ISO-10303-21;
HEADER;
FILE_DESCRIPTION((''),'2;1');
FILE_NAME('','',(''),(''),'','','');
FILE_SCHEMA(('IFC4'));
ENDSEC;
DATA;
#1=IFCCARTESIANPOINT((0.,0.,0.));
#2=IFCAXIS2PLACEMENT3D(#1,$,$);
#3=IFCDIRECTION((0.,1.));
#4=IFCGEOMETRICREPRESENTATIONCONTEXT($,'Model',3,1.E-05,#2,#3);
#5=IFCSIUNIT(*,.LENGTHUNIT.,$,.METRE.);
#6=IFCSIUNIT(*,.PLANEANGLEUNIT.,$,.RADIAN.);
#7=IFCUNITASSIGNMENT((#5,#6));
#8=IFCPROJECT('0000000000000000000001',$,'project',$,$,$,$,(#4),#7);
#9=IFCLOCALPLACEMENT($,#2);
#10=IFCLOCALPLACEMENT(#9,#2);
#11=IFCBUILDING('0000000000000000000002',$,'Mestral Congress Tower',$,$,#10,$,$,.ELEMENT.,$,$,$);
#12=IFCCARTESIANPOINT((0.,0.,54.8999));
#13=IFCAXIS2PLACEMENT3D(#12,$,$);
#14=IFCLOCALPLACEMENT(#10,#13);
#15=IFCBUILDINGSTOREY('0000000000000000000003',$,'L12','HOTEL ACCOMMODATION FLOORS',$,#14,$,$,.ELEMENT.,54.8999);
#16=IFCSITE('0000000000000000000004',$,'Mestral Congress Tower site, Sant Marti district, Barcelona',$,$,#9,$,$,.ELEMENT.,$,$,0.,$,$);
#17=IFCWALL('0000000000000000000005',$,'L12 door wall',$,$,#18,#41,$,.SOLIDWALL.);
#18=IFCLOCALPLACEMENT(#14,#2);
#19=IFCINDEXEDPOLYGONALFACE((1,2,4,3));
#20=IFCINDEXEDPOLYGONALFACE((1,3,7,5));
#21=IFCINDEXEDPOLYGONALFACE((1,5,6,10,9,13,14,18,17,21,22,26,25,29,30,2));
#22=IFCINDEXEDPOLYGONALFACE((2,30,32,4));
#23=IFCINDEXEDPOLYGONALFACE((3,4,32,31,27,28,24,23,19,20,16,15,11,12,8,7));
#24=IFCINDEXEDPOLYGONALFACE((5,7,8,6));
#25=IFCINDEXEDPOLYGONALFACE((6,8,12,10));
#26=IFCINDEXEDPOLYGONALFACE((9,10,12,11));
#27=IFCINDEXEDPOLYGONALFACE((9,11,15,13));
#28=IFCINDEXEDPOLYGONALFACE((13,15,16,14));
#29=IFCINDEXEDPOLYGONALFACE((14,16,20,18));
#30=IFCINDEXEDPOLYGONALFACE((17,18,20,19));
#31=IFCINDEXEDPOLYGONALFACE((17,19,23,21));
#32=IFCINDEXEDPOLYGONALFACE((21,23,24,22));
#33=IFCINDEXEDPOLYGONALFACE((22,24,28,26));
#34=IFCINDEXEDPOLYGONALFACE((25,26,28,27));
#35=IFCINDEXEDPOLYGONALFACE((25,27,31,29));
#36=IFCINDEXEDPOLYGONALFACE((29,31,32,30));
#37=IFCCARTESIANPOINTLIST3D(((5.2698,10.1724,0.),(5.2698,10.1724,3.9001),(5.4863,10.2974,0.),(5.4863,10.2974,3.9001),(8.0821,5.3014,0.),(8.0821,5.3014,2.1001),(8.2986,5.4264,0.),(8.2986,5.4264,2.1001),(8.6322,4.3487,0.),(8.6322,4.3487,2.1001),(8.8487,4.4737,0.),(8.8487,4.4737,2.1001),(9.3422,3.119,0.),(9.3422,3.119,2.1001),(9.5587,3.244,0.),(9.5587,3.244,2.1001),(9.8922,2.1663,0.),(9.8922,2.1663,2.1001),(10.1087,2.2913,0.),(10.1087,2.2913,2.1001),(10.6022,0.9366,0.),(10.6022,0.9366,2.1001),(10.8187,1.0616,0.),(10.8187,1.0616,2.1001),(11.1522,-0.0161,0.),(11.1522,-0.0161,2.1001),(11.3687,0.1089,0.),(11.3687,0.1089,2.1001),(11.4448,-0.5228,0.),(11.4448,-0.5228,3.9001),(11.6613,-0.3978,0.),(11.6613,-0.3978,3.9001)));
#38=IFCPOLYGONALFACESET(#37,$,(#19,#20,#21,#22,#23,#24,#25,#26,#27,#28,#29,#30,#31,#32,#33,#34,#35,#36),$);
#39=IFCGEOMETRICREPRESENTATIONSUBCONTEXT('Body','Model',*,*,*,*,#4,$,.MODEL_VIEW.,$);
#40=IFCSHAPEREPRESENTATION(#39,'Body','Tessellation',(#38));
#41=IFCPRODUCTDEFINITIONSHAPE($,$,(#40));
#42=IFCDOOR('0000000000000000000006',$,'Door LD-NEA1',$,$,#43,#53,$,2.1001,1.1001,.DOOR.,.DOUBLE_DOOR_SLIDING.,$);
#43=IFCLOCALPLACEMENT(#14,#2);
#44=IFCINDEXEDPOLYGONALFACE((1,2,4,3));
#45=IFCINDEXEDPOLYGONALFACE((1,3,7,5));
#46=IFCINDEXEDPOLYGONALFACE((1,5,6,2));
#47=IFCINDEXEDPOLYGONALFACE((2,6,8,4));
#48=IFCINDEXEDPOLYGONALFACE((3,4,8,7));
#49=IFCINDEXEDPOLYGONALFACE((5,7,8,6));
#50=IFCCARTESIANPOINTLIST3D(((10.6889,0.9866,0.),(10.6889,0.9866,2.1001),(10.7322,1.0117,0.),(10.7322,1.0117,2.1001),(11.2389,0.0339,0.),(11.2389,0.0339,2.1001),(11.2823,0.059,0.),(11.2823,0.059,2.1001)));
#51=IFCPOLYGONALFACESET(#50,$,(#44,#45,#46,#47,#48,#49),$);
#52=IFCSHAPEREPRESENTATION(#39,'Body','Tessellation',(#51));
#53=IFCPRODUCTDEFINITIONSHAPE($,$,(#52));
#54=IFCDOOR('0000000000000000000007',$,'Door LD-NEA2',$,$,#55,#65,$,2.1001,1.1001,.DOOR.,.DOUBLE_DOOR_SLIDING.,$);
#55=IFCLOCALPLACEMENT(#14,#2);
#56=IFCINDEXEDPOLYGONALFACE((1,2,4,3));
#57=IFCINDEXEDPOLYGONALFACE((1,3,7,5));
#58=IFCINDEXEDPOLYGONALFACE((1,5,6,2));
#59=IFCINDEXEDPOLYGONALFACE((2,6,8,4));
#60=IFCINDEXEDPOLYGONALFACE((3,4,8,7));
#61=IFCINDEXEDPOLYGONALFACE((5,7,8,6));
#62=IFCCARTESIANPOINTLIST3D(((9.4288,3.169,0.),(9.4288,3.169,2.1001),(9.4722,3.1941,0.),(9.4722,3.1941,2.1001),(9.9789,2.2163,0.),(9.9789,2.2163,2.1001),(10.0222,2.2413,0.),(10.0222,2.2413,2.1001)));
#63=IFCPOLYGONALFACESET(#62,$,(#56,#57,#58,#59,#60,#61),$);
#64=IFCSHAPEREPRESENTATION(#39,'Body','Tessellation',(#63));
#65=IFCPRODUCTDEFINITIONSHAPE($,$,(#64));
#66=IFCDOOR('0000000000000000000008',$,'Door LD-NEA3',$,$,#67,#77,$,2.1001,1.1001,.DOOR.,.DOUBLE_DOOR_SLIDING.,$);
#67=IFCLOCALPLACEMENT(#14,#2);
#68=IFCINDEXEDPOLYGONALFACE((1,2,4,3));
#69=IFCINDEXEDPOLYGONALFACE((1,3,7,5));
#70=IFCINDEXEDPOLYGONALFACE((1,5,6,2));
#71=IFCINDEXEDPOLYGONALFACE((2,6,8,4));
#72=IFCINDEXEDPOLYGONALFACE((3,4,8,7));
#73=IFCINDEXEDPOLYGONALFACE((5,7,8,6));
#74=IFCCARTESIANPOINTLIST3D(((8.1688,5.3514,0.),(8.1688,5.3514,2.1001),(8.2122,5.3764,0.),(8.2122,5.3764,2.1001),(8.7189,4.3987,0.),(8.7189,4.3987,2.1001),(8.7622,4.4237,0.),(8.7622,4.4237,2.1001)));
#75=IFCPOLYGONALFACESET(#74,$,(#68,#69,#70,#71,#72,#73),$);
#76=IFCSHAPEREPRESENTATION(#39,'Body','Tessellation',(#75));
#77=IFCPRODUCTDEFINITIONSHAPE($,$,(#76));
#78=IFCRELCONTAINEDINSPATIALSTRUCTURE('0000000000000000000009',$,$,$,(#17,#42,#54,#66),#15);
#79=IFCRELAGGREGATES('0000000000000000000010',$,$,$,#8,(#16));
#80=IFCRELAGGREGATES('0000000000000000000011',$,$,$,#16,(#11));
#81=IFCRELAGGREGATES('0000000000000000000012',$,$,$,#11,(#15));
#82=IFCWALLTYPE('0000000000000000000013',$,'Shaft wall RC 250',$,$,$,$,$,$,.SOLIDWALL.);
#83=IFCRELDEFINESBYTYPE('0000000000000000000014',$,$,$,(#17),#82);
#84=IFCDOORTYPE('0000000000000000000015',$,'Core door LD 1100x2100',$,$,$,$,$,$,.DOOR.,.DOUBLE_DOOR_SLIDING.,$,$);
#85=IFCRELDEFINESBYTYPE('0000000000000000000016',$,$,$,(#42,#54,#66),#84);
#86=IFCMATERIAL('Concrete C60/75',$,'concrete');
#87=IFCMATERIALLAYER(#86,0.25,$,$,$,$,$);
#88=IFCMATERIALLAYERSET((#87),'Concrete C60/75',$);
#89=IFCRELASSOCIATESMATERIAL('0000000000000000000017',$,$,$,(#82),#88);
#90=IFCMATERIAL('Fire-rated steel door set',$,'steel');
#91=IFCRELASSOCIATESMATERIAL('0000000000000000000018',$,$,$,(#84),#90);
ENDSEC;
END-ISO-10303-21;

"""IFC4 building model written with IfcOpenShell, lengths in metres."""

from ifc_helpers import new_model, si_unit, direction, frame, frame_2d, origin, place, context, subcontext, project, spatial, rectangle, extrude, material, layer, layer_set, type_object, element, fill, save


model = new_model("IFC4")

# Units and contexts
model_context = context("Model", 3, precision=1e-05, world=origin(), true_north=direction((0.0, 1.0)))
body_context = subcontext(model_context, "Body", "Model", "MODEL_VIEW")
ifc_project = project(units=[si_unit("LENGTHUNIT", "METRE"), si_unit("PLANEANGLEUNIT", "RADIAN")], contexts=[model_context])

# Site, building, storey
site_placement = place(None, origin())
site = spatial("IfcSite", under=ifc_project, at=site_placement, Name="Mestral Congress Tower site, Sant Marti district, Barcelona", CompositionType="ELEMENT", RefElevation=0.0)
building_placement = place(site_placement, origin())
building = spatial("IfcBuilding", under=site, at=building_placement, Name="Mestral Congress Tower", CompositionType="ELEMENT")
storey_placement = place(building_placement, frame((0.0, 0.0, 54.8999)))
storey = spatial("IfcBuildingStorey", under=building, at=storey_placement, Name="L12", Description="HOTEL ACCOMMODATION FLOORS", CompositionType="ELEMENT", Elevation=54.8999)

# Wall, openings, doors
ifc_material_1 = material(Name="Concrete C60/75", Category="concrete")
ifc_layer_1 = layer(ifc_material_1, 0.25)
ifc_layer_set_1 = layer_set([ifc_layer_1], Name="Concrete C60/75")
wall_type_1 = type_object("IfcWallType", Name="Shaft wall RC 250", PredefinedType="SOLIDWALL", material=ifc_layer_set_1)
wall_1_placement = place(storey_placement, frame((11.553, -0.4602, 0.0), z_axis=(0.0, 0.0, 1.0), x_axis=(-0.500007, 0.866022, 0.0)))
wall_1 = element("IfcWall", 1, at=wall_1_placement, inside=storey, type_object=wall_type_1, Name="L12 door wall", PredefinedType="SOLIDWALL", context=body_context, shape_type="SweptSolid", body=[
    extrude(rectangle(XDim=12.3499, YDim=0.25, at=frame_2d((6.1748, 0.0))), origin(), (0.0, 0.0, 1.0), 3.9001),
])
opening_1_placement = place(wall_1_placement, frame((0.585, 0.0, 0.0)))
opening_1 = element("IfcOpeningElement", 2, at=opening_1_placement, cuts=wall_1, PredefinedType="OPENING", context=body_context, shape_type="SweptSolid", body=[
    extrude(rectangle(XDim=1.1001, YDim=2.1001, at=frame_2d((0.55, 1.05))), frame((0.0, 0.135, 0.0), z_axis=(0.0, -1.0, 0.0), x_axis=(1.0, 0.0, 0.0)), (0.0, 0.0, 1.0), 0.27),
])
opening_2_placement = place(wall_1_placement, frame((3.105, 0.0, 0.0)))
opening_2 = element("IfcOpeningElement", 3, at=opening_2_placement, cuts=wall_1, PredefinedType="OPENING", context=body_context, shape_type="SweptSolid", body=[
    extrude(rectangle(XDim=1.1001, YDim=2.1001, at=frame_2d((0.55, 1.05))), frame((0.0, 0.135, 0.0), z_axis=(0.0, -1.0, 0.0), x_axis=(1.0, 0.0, 0.0)), (0.0, 0.0, 1.0), 0.27),
])
opening_3_placement = place(wall_1_placement, frame((5.625, 0.0, 0.0)))
opening_3 = element("IfcOpeningElement", 4, at=opening_3_placement, cuts=wall_1, PredefinedType="OPENING", context=body_context, shape_type="SweptSolid", body=[
    extrude(rectangle(XDim=1.1001, YDim=2.1001, at=frame_2d((0.55, 1.05))), frame((0.0, 0.135, 0.0), z_axis=(0.0, -1.0, 0.0), x_axis=(1.0, 0.0, 0.0)), (0.0, 0.0, 1.0), 0.27),
])
ifc_material_2 = material(Name="Fire-rated steel door set", Category="steel")
door_type_1 = type_object("IfcDoorType", Name="Core door LD 1100x2100", OperationType="DOUBLE_DOOR_SLIDING", PredefinedType="DOOR", material=ifc_material_2)
door_1_placement = place(opening_1_placement, origin())
door_1 = element("IfcDoor", 5, at=door_1_placement, inside=storey, type_object=door_type_1, Name="Door LD-NEA1", OperationType="DOUBLE_DOOR_SLIDING", OverallHeight=2.1001, OverallWidth=1.1001, PredefinedType="DOOR", context=body_context, shape_type="SweptSolid", body=[
    extrude(rectangle(XDim=1.1001, YDim=2.1001, at=frame_2d((0.55, 1.05))), frame((0.0, 0.0249, 0.0), z_axis=(0.0, -1.0, 0.0), x_axis=(1.0, 0.0, 0.0)), (0.0, 0.0, 1.0), 0.05),
])
fill(opening_1, door_1)
door_2_placement = place(opening_2_placement, origin())
door_2 = element("IfcDoor", 6, at=door_2_placement, inside=storey, type_object=door_type_1, Name="Door LD-NEA2", OperationType="DOUBLE_DOOR_SLIDING", OverallHeight=2.1001, OverallWidth=1.1001, PredefinedType="DOOR", context=body_context, shape_type="SweptSolid", body=[
    extrude(rectangle(XDim=1.1001, YDim=2.1001, at=frame_2d((0.55, 1.05))), frame((0.0, 0.0249, 0.0), z_axis=(0.0, -1.0, 0.0), x_axis=(1.0, 0.0, 0.0)), (0.0, 0.0, 1.0), 0.05),
])
fill(opening_2, door_2)
door_3_placement = place(opening_3_placement, origin())
door_3 = element("IfcDoor", 7, at=door_3_placement, inside=storey, type_object=door_type_1, Name="Door LD-NEA3", OperationType="DOUBLE_DOOR_SLIDING", OverallHeight=2.1001, OverallWidth=1.1001, PredefinedType="DOOR", context=body_context, shape_type="SweptSolid", body=[
    extrude(rectangle(XDim=1.1001, YDim=2.1001, at=frame_2d((0.55, 1.05))), frame((0.0, 0.0249, 0.0), z_axis=(0.0, -1.0, 0.0), x_axis=(1.0, 0.0, 0.0)), (0.0, 0.0, 1.0), 0.05),
])
fill(opening_3, door_3)

save(model, "model.ifc")
